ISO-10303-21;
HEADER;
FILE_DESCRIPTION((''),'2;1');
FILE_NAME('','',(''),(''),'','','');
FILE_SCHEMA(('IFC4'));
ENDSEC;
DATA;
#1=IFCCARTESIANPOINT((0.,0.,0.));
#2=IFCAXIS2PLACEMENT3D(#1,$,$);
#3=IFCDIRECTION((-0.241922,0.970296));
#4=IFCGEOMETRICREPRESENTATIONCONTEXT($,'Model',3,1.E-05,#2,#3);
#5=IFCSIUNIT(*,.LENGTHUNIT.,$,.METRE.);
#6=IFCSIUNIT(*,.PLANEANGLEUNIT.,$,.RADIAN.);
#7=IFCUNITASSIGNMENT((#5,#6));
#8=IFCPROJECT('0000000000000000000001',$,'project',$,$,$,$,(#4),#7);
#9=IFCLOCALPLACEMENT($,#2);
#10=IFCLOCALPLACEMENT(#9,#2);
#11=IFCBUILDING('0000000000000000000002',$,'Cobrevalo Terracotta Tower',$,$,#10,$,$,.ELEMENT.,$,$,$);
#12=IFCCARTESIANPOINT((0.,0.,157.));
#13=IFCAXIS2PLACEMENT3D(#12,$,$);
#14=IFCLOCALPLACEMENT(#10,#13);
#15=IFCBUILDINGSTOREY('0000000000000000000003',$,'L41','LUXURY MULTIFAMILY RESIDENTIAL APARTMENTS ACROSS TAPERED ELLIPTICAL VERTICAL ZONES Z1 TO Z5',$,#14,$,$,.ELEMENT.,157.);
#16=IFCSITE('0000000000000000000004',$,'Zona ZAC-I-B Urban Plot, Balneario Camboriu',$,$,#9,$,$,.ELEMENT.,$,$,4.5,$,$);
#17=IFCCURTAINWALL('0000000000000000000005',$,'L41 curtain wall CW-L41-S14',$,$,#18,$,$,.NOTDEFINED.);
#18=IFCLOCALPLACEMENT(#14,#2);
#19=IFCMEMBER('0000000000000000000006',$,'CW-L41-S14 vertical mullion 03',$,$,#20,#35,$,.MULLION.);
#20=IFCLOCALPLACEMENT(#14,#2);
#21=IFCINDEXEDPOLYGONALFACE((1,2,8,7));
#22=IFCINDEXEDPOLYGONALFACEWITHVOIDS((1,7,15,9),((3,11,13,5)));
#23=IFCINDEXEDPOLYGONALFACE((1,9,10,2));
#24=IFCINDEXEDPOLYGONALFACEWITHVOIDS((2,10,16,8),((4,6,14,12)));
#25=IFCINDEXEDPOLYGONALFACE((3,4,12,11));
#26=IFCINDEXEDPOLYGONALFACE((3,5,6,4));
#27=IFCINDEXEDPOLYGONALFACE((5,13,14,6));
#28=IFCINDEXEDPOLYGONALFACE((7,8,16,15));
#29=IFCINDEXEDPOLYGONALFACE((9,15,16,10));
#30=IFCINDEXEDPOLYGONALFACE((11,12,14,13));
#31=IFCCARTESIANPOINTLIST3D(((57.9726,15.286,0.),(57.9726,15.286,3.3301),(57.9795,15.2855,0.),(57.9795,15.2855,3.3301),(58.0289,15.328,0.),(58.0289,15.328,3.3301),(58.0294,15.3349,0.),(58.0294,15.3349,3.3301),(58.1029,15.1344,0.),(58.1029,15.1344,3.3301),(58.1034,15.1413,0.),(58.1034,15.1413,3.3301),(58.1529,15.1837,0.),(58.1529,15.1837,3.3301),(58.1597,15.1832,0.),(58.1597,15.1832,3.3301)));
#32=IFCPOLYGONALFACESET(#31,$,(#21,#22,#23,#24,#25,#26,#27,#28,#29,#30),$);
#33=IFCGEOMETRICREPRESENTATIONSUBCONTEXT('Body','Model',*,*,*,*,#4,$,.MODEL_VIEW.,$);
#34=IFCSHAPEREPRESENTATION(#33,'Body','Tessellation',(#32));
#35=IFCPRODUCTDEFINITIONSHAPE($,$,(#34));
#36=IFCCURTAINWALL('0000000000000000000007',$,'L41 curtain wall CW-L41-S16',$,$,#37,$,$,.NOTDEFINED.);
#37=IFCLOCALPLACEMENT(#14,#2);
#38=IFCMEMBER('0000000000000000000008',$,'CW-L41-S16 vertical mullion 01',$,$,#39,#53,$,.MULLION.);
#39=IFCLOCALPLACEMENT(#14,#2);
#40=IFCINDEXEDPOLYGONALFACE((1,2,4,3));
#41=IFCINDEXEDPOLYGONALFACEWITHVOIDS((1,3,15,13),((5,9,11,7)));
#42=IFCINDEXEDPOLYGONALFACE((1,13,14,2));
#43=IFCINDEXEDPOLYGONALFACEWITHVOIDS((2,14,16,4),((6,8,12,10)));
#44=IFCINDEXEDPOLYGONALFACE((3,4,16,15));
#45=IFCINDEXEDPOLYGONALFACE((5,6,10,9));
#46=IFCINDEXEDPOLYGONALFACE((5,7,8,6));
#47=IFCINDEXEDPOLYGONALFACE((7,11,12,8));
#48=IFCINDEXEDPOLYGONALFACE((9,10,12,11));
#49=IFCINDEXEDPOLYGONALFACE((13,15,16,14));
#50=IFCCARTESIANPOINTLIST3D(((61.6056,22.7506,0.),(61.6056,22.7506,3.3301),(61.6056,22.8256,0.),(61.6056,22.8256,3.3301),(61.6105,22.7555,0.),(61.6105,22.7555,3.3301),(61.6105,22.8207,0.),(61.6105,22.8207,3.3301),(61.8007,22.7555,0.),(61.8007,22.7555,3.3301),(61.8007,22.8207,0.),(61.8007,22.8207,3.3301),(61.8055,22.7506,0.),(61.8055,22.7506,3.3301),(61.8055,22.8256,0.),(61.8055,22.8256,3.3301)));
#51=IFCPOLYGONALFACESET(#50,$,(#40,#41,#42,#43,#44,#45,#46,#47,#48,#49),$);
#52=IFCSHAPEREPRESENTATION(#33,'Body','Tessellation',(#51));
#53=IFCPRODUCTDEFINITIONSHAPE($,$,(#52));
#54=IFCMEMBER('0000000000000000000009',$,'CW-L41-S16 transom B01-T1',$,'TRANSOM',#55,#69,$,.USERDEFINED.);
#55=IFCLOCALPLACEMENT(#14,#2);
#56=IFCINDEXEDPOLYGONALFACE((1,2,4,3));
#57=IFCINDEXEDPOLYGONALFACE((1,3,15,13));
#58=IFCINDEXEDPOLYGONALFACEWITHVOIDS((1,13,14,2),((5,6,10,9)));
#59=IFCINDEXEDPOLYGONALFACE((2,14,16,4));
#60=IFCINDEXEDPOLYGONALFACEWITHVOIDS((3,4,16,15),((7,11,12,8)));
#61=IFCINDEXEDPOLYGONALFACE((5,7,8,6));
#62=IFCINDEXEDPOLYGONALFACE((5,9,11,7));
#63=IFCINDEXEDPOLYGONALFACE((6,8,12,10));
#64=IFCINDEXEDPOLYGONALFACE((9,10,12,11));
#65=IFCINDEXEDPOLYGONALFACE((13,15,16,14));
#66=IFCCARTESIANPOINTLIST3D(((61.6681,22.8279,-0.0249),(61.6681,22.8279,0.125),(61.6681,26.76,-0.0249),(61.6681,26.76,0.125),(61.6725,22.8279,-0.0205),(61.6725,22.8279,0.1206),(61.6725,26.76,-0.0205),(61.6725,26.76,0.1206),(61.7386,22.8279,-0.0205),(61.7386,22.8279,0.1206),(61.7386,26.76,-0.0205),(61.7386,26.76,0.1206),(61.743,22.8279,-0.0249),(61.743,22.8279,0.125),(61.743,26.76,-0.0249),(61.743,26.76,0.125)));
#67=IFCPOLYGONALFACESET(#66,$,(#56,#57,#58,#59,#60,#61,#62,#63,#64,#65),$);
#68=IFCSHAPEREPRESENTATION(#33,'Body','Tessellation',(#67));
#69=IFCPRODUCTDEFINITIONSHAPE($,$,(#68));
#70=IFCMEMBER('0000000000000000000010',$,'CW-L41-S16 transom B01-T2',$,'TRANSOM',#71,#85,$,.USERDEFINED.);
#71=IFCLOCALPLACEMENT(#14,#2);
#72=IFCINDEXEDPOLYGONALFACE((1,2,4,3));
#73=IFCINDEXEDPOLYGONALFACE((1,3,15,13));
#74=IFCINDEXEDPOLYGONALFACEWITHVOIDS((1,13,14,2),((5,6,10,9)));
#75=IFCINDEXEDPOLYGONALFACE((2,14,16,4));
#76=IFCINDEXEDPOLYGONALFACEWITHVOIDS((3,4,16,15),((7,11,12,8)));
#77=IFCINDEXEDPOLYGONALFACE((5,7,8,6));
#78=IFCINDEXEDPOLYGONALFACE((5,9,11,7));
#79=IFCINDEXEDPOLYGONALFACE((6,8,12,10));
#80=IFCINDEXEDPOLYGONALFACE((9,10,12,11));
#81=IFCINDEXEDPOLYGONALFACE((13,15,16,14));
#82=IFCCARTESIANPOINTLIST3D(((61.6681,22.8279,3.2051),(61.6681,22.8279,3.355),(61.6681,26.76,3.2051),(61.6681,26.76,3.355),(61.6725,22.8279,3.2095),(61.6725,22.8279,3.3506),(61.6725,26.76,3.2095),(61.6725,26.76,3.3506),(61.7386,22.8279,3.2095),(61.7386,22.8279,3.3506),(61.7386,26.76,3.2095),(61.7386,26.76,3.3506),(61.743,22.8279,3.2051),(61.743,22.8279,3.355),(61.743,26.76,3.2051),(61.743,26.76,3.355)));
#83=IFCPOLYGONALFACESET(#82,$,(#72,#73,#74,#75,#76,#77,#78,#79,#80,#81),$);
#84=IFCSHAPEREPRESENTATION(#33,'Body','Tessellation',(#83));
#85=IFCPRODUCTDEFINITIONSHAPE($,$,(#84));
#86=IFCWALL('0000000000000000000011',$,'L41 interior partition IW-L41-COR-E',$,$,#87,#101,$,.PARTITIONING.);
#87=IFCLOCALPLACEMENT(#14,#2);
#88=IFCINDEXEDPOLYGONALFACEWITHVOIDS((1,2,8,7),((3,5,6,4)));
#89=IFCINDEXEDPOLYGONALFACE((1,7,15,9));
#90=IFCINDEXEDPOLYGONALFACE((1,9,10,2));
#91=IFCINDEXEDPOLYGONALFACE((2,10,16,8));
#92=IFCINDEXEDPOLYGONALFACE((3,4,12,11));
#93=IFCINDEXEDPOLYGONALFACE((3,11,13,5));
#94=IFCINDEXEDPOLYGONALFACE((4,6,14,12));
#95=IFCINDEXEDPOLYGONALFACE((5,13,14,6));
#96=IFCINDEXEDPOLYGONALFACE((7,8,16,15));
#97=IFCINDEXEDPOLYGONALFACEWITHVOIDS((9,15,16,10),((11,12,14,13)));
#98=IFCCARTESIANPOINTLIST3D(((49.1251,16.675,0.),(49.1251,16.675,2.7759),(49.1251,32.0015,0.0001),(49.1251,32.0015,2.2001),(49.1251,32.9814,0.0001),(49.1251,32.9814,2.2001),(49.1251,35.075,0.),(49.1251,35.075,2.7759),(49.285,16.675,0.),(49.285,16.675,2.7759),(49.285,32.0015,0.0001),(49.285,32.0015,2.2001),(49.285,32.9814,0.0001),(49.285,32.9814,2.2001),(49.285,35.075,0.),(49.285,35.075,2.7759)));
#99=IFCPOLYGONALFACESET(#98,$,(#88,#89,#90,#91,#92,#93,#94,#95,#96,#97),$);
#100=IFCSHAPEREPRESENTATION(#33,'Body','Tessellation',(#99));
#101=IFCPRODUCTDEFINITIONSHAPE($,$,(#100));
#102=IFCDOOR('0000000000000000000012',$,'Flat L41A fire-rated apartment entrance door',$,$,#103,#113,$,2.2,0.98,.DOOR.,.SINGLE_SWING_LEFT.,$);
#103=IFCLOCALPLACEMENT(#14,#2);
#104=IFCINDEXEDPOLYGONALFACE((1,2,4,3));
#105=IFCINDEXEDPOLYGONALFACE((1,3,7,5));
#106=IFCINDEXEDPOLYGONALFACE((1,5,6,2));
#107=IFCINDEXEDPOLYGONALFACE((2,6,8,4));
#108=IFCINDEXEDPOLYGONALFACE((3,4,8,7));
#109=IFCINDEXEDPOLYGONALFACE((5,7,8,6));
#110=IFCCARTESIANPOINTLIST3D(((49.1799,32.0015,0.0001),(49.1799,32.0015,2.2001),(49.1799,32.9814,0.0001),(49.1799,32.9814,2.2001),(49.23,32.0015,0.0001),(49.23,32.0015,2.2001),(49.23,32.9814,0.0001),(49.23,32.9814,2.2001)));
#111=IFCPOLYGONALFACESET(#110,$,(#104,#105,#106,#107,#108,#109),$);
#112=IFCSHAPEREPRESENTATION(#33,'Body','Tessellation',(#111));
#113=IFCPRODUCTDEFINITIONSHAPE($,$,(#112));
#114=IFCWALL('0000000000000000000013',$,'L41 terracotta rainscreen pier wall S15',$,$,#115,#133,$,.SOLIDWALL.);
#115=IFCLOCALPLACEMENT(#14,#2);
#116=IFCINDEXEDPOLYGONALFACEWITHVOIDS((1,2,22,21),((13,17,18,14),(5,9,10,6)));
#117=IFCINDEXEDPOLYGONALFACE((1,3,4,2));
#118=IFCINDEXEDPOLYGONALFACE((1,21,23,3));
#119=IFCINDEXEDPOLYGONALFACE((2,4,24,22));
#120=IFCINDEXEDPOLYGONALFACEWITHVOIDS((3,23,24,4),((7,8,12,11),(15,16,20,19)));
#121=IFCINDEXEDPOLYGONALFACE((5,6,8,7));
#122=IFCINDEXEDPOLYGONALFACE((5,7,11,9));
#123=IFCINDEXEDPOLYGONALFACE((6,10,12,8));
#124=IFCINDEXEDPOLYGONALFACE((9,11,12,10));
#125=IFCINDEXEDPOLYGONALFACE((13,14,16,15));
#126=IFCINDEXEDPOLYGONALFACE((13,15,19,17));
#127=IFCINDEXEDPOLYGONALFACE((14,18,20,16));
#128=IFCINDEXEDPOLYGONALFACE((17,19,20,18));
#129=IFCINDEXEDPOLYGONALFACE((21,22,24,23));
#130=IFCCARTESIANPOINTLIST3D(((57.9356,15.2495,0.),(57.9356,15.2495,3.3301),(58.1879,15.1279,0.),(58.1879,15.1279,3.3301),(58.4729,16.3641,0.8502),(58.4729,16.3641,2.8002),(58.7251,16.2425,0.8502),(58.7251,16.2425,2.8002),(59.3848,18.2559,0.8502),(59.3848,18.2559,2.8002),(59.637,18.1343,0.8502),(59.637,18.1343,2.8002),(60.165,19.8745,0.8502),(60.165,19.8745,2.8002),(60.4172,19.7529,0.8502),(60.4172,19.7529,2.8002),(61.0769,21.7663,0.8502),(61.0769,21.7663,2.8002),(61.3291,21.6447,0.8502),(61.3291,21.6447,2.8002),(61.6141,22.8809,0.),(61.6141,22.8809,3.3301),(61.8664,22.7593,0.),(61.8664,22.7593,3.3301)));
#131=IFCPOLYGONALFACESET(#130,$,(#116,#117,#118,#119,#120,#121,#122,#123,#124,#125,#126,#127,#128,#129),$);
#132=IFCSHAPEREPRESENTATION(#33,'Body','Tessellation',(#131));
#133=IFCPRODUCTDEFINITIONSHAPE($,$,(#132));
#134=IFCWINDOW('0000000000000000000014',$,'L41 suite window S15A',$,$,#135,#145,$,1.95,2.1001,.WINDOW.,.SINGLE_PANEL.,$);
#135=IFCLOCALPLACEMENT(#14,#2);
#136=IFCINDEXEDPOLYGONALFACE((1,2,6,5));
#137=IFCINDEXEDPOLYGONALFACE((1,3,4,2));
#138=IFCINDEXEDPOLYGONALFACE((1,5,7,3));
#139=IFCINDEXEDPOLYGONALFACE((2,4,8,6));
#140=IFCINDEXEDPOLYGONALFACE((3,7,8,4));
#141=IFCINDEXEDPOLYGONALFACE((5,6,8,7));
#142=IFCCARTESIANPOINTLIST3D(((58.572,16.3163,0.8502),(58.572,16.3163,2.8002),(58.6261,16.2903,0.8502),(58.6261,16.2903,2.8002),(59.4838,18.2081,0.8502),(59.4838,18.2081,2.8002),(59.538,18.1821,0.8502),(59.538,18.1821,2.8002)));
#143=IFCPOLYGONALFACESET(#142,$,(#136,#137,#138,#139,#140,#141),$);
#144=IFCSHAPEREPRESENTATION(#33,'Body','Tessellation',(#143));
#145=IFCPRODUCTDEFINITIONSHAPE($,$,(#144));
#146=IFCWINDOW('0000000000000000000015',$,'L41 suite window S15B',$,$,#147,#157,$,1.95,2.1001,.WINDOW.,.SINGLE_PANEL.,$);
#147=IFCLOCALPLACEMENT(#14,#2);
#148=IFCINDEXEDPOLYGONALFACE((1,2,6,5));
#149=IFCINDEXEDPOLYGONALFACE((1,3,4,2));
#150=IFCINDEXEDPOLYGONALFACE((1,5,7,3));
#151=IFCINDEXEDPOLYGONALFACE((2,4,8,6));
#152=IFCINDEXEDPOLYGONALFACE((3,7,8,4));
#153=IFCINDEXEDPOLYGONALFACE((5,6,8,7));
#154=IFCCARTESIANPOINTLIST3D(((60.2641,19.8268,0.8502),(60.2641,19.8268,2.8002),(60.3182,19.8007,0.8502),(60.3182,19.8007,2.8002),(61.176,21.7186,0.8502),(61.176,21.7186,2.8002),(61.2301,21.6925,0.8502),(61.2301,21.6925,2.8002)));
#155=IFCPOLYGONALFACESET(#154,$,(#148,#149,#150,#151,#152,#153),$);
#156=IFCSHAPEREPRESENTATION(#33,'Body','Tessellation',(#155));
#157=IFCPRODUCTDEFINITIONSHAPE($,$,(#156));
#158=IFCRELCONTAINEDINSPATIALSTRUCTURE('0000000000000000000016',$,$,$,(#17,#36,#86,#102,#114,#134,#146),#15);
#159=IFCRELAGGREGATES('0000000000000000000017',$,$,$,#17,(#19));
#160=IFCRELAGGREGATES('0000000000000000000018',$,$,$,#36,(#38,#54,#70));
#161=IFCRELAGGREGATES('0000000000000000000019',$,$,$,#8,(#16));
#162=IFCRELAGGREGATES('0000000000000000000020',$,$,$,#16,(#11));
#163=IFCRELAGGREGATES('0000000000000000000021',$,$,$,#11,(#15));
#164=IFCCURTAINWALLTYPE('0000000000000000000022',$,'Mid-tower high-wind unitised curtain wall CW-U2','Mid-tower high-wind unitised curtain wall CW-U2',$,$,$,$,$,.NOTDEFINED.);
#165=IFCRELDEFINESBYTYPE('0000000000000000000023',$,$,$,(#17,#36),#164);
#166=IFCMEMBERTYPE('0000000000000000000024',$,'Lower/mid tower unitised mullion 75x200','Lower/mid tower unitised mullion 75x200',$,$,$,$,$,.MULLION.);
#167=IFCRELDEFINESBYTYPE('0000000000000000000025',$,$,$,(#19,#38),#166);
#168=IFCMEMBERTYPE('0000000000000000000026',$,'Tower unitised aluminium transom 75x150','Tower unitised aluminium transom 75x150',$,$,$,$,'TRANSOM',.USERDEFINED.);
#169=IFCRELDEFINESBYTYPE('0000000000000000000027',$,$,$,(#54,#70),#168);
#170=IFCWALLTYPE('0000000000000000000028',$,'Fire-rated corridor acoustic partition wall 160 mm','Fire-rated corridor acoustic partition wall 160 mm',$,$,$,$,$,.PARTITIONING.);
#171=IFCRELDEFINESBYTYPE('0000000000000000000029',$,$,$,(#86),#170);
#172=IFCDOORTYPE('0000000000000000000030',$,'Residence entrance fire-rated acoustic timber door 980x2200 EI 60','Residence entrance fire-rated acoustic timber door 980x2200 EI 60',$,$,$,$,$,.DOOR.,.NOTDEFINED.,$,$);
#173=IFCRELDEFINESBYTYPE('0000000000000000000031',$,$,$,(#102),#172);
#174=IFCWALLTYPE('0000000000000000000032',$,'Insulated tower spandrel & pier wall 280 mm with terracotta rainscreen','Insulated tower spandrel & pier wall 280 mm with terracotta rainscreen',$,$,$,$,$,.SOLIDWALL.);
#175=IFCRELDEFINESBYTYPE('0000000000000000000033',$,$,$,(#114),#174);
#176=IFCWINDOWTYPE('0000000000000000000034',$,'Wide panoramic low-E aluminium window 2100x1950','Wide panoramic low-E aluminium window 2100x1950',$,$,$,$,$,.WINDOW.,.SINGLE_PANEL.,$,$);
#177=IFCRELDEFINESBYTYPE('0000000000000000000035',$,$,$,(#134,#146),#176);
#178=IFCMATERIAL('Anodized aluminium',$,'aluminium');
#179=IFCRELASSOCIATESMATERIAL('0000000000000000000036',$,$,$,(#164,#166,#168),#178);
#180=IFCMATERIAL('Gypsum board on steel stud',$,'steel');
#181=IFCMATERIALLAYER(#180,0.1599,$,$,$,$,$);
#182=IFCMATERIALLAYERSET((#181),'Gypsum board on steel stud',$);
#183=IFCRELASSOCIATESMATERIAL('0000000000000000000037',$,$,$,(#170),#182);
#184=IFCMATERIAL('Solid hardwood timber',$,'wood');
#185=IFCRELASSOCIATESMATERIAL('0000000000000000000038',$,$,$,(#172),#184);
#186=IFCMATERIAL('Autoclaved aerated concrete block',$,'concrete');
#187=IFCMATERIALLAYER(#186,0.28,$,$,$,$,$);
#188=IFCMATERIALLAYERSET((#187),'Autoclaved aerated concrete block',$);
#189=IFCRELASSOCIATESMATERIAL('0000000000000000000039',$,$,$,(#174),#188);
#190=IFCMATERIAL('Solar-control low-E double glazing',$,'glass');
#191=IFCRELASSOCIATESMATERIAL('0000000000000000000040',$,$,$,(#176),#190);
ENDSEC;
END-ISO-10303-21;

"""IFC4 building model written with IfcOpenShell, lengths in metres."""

from ifc_helpers import new_model, si_unit, direction, frame, frame_2d, origin, origin_2d, place, context, subcontext, project, spatial, rectangle, hollow_rectangle, extrude, source, transform, mapped, material, layer, layer_set, material_profile, profile_set, type_object, element, fill, aggregate, save


model = new_model("IFC4")

# Units and contexts
model_context = context("Model", 3, precision=1e-05, world=origin(), true_north=direction((-0.241922, 0.970296)))
body_context = subcontext(model_context, "Body", "Model", "MODEL_VIEW")
ifc_project = project(units=[si_unit("LENGTHUNIT", "METRE"), si_unit("PLANEANGLEUNIT", "RADIAN")], contexts=[model_context])

# Site, building, storey
site_placement = place(None, origin())
site = spatial("IfcSite", under=ifc_project, at=site_placement, Name="Zona ZAC-I-B Urban Plot, Balneario Camboriu", CompositionType="ELEMENT", RefElevation=4.5)
building_placement = place(site_placement, origin())
building = spatial("IfcBuilding", under=site, at=building_placement, Name="Cobrevalo Terracotta Tower", CompositionType="ELEMENT")
storey_placement = place(building_placement, frame((0.0, 0.0, 157.0)))
storey = spatial("IfcBuildingStorey", under=building, at=storey_placement, Name="L41", Description="LUXURY MULTIFAMILY RESIDENTIAL APARTMENTS ACROSS TAPERED ELLIPTICAL VERTICAL ZONES Z1 TO Z5", CompositionType="ELEMENT", Elevation=157.0)

# Curtain wall, member
ifc_material_1 = material(Name="Anodized aluminium", Category="aluminium")
curtain_wall_type = type_object("IfcCurtainWallType", Name="Mid-tower high-wind unitised curtain wall CW-U2", Description="Mid-tower high-wind unitised curtain wall CW-U2", PredefinedType="NOTDEFINED", material=ifc_material_1)
curtain_wall_1_placement = place(storey_placement, origin())
curtain_wall_1 = element("IfcCurtainWall", 1, at=curtain_wall_1_placement, inside=storey, type_object=curtain_wall_type, Name="L41 curtain wall CW-L41-S14", PredefinedType="NOTDEFINED")
ifc_material_profile_1 = material_profile(ifc_material_1, hollow_rectangle(XDim=0.075, YDim=0.2, WallThickness=0.0049, at=origin_2d()), Name="CWM 75x200")
ifc_profile_set_1 = profile_set([ifc_material_profile_1], Name="Anodized aluminium")
member_type_1 = type_object("IfcMemberType", Name="Lower/mid tower unitised mullion 75x200", Description="Lower/mid tower unitised mullion 75x200", PredefinedType="MULLION", material=ifc_profile_set_1)
shared_shape_1 = source(origin(), body_context, "Body", "SweptSolid", [
    extrude(hollow_rectangle(XDim=0.075, YDim=0.2, WallThickness=0.0049, at=origin_2d()), origin(), (0.0, 0.0, 1.0), 3.3301),
])
member_1_placement = place(storey_placement, frame((58.0662, 15.2346, 0.0), z_axis=(0.0, 0.0, 1.0), x_axis=(0.758442, 0.651741, 0.0)))
member_1 = element("IfcMember", 2, at=member_1_placement, type_object=member_type_1, Name="CW-L41-S14 vertical mullion 03", PredefinedType="MULLION", context=body_context, shape_type="MappedRepresentation", body=[
    mapped(shared_shape_1, transform((0.0, 0.0, 0.0), scale=1.0)),
])
aggregate(curtain_wall_1, [member_1])

# Curtain wall, members
curtain_wall_2_placement = place(storey_placement, origin())
curtain_wall_2 = element("IfcCurtainWall", 3, at=curtain_wall_2_placement, inside=storey, type_object=curtain_wall_type, Name="L41 curtain wall CW-L41-S16", PredefinedType="NOTDEFINED")
member_2_placement = place(storey_placement, frame((61.7056, 22.7881, 0.0), z_axis=(0.0, 0.0, 1.0), x_axis=(0.0, 1.0, 0.0)))
member_2 = element("IfcMember", 4, at=member_2_placement, type_object=member_type_1, Name="CW-L41-S16 vertical mullion 01", PredefinedType="MULLION", context=body_context, shape_type="MappedRepresentation", body=[
    mapped(shared_shape_1, transform((0.0, 0.0, 0.0), scale=1.0)),
])
ifc_material_profile_2 = material_profile(ifc_material_1, hollow_rectangle(XDim=0.075, YDim=0.1499, WallThickness=0.0044, at=origin_2d()), Name="CWT 75x150")
ifc_profile_set_2 = profile_set([ifc_material_profile_2], Name="Anodized aluminium")
member_type_2 = type_object("IfcMemberType", Name="Tower unitised aluminium transom 75x150", Description="Tower unitised aluminium transom 75x150", ElementType="TRANSOM", PredefinedType="USERDEFINED", material=ifc_profile_set_2)
shared_shape_2 = source(origin(), body_context, "Body", "SweptSolid", [
    extrude(hollow_rectangle(XDim=0.075, YDim=0.1499, WallThickness=0.0044, at=origin_2d()), origin(), (0.0, 0.0, 1.0), 3.9321),
])
member_3_placement = place(storey_placement, frame((61.7056, 22.8279, 0.05), z_axis=(0.0, 1.0, 0.0), x_axis=(-1.0, 0.0, 0.0)))
member_3 = element("IfcMember", 5, at=member_3_placement, type_object=member_type_2, Name="CW-L41-S16 transom B01-T1", ObjectType="TRANSOM", PredefinedType="USERDEFINED", context=body_context, shape_type="MappedRepresentation", body=[
    mapped(shared_shape_2, transform((0.0, 0.0, 0.0), scale=1.0)),
])
member_4_placement = place(storey_placement, frame((61.7056, 22.8279, 3.28), z_axis=(0.0, 1.0, 0.0), x_axis=(-1.0, 0.0, 0.0)))
member_4 = element("IfcMember", 6, at=member_4_placement, type_object=member_type_2, Name="CW-L41-S16 transom B01-T2", ObjectType="TRANSOM", PredefinedType="USERDEFINED", context=body_context, shape_type="MappedRepresentation", body=[
    mapped(shared_shape_2, transform((0.0, 0.0, 0.0), scale=1.0)),
])
aggregate(curtain_wall_2, [member_2, member_3, member_4])

# Wall, opening, door
ifc_material_2 = material(Name="Gypsum board on steel stud", Category="steel")
ifc_layer_1 = layer(ifc_material_2, 0.1599)
ifc_layer_set_1 = layer_set([ifc_layer_1], Name="Gypsum board on steel stud")
wall_type_1 = type_object("IfcWallType", Name="Fire-rated corridor acoustic partition wall 160 mm", Description="Fire-rated corridor acoustic partition wall 160 mm", PredefinedType="PARTITIONING", material=ifc_layer_set_1)
wall_1_placement = place(storey_placement, frame((49.2051, 16.675, 0.0), z_axis=(0.0, 0.0, 1.0), x_axis=(0.0, 1.0, 0.0)))
wall_1 = element("IfcWall", 7, at=wall_1_placement, inside=storey, type_object=wall_type_1, Name="L41 interior partition IW-L41-COR-E", PredefinedType="PARTITIONING", context=body_context, shape_type="SweptSolid", body=[
    extrude(rectangle(XDim=18.3999, YDim=0.1599, at=frame_2d((9.2, 0.0))), origin(), (0.0, 0.0, 1.0), 2.7759),
])
opening_1_placement = place(wall_1_placement, frame((15.3264, 0.0, 0.0)))
opening_1 = element("IfcOpeningElement", 8, at=opening_1_placement, cuts=wall_1, PredefinedType="OPENING", context=body_context, shape_type="SweptSolid", body=[
    extrude(rectangle(XDim=0.98, YDim=2.2, at=frame_2d((0.49, 1.1001))), frame((0.0, 0.0898, 0.0), z_axis=(0.0, -1.0, 0.0), x_axis=(1.0, 0.0, 0.0)), (0.0, 0.0, 1.0), 0.1799),
])
ifc_material_3 = material(Name="Solid hardwood timber", Category="wood")
door_type_1 = type_object("IfcDoorType", Name="Residence entrance fire-rated acoustic timber door 980x2200 EI 60", Description="Residence entrance fire-rated acoustic timber door 980x2200 EI 60", OperationType="NOTDEFINED", PredefinedType="DOOR", material=ifc_material_3)
shared_shape_3 = source(origin(), body_context, "Body", "SweptSolid", [
    extrude(rectangle(XDim=0.98, YDim=2.2, at=frame_2d((0.49, 1.1001))), frame((0.0, 0.0249, 0.0), z_axis=(0.0, -1.0, 0.0), x_axis=(1.0, 0.0, 0.0)), (0.0, 0.0, 1.0), 0.05),
])
door_1_placement = place(opening_1_placement, frame((0.98, 0.0, 0.0), z_axis=(0.0, 0.0, 1.0), x_axis=(-1.0, 0.0, 0.0)))
door_1 = element("IfcDoor", 9, at=door_1_placement, inside=storey, type_object=door_type_1, Name="Flat L41A fire-rated apartment entrance door", OperationType="SINGLE_SWING_LEFT", OverallHeight=2.2, OverallWidth=0.98, PredefinedType="DOOR", context=body_context, shape_type="MappedRepresentation", body=[
    mapped(shared_shape_3, transform((0.0, 0.0, 0.0), scale=1.0)),
])
fill(opening_1, door_1)

# Wall, openings, windows
ifc_material_4 = material(Name="Autoclaved aerated concrete block", Category="concrete")
ifc_layer_2 = layer(ifc_material_4, 0.28)
ifc_layer_set_2 = layer_set([ifc_layer_2], Name="Autoclaved aerated concrete block")
wall_type_2 = type_object("IfcWallType", Name="Insulated tower spandrel & pier wall 280 mm with terracotta rainscreen", Description="Insulated tower spandrel & pier wall 280 mm with terracotta rainscreen", PredefinedType="SOLIDWALL", material=ifc_layer_set_2)
wall_2_placement = place(storey_placement, frame((58.0618, 15.1887, 0.0), z_axis=(0.0, 0.0, 1.0), x_axis=(0.43421, 0.900812, 0.0)))
wall_2 = element("IfcWall", 10, at=wall_2_placement, inside=storey, type_object=wall_type_2, Name="L41 terracotta rainscreen pier wall S15", PredefinedType="SOLIDWALL", context=body_context, shape_type="SweptSolid", body=[
    extrude(rectangle(XDim=8.4717, YDim=0.28, at=frame_2d((4.2358, 0.0))), origin(), (0.0, 0.0, 1.0), 3.3301),
])
opening_2_placement = place(wall_2_placement, frame((1.2373, 0.0, 0.8501)))
opening_2 = element("IfcOpeningElement", 11, at=opening_2_placement, cuts=wall_2, PredefinedType="OPENING", context=body_context, shape_type="SweptSolid", body=[
    extrude(rectangle(XDim=2.1001, YDim=1.95, at=frame_2d((1.05, 0.9751))), frame((0.0, 0.1499, 0.0), z_axis=(0.0, -1.0, 0.0), x_axis=(1.0, 0.0, 0.0)), (0.0, 0.0, 1.0), 0.3),
])
opening_3_placement = place(wall_2_placement, frame((5.1343, 0.0, 0.8501)))
opening_3 = element("IfcOpeningElement", 12, at=opening_3_placement, cuts=wall_2, PredefinedType="OPENING", context=body_context, shape_type="SweptSolid", body=[
    extrude(rectangle(XDim=2.1001, YDim=1.95, at=frame_2d((1.05, 0.9751))), frame((0.0, 0.1499, 0.0), z_axis=(0.0, -1.0, 0.0), x_axis=(1.0, 0.0, 0.0)), (0.0, 0.0, 1.0), 0.3),
])
ifc_material_5 = material(Name="Solar-control low-E double glazing", Category="glass")
window_type = type_object("IfcWindowType", Name="Wide panoramic low-E aluminium window 2100x1950", Description="Wide panoramic low-E aluminium window 2100x1950", PartitioningType="SINGLE_PANEL", PredefinedType="WINDOW", material=ifc_material_5)
shared_shape_4 = source(origin(), body_context, "Body", "SweptSolid", [
    extrude(rectangle(XDim=2.1001, YDim=1.95, at=frame_2d((1.05, 0.9751))), frame((0.0, 0.03, 0.0), z_axis=(0.0, -1.0, 0.0), x_axis=(1.0, 0.0, 0.0)), (0.0, 0.0, 1.0), 0.0601),
])
window_1_placement = place(opening_2_placement, origin())
window_1 = element("IfcWindow", 13, at=window_1_placement, inside=storey, type_object=window_type, Name="L41 suite window S15A", OverallHeight=1.95, OverallWidth=2.1001, PartitioningType="SINGLE_PANEL", PredefinedType="WINDOW", context=body_context, shape_type="MappedRepresentation", body=[
    mapped(shared_shape_4, transform((0.0, 0.0, 0.0), scale=1.0)),
])
fill(opening_2, window_1)
window_2_placement = place(opening_3_placement, origin())
window_2 = element("IfcWindow", 14, at=window_2_placement, inside=storey, type_object=window_type, Name="L41 suite window S15B", OverallHeight=1.95, OverallWidth=2.1001, PartitioningType="SINGLE_PANEL", PredefinedType="WINDOW", context=body_context, shape_type="MappedRepresentation", body=[
    mapped(shared_shape_4, transform((0.0, 0.0, 0.0), scale=1.0)),
])
fill(opening_3, window_2)

save(model, "model.ifc")
